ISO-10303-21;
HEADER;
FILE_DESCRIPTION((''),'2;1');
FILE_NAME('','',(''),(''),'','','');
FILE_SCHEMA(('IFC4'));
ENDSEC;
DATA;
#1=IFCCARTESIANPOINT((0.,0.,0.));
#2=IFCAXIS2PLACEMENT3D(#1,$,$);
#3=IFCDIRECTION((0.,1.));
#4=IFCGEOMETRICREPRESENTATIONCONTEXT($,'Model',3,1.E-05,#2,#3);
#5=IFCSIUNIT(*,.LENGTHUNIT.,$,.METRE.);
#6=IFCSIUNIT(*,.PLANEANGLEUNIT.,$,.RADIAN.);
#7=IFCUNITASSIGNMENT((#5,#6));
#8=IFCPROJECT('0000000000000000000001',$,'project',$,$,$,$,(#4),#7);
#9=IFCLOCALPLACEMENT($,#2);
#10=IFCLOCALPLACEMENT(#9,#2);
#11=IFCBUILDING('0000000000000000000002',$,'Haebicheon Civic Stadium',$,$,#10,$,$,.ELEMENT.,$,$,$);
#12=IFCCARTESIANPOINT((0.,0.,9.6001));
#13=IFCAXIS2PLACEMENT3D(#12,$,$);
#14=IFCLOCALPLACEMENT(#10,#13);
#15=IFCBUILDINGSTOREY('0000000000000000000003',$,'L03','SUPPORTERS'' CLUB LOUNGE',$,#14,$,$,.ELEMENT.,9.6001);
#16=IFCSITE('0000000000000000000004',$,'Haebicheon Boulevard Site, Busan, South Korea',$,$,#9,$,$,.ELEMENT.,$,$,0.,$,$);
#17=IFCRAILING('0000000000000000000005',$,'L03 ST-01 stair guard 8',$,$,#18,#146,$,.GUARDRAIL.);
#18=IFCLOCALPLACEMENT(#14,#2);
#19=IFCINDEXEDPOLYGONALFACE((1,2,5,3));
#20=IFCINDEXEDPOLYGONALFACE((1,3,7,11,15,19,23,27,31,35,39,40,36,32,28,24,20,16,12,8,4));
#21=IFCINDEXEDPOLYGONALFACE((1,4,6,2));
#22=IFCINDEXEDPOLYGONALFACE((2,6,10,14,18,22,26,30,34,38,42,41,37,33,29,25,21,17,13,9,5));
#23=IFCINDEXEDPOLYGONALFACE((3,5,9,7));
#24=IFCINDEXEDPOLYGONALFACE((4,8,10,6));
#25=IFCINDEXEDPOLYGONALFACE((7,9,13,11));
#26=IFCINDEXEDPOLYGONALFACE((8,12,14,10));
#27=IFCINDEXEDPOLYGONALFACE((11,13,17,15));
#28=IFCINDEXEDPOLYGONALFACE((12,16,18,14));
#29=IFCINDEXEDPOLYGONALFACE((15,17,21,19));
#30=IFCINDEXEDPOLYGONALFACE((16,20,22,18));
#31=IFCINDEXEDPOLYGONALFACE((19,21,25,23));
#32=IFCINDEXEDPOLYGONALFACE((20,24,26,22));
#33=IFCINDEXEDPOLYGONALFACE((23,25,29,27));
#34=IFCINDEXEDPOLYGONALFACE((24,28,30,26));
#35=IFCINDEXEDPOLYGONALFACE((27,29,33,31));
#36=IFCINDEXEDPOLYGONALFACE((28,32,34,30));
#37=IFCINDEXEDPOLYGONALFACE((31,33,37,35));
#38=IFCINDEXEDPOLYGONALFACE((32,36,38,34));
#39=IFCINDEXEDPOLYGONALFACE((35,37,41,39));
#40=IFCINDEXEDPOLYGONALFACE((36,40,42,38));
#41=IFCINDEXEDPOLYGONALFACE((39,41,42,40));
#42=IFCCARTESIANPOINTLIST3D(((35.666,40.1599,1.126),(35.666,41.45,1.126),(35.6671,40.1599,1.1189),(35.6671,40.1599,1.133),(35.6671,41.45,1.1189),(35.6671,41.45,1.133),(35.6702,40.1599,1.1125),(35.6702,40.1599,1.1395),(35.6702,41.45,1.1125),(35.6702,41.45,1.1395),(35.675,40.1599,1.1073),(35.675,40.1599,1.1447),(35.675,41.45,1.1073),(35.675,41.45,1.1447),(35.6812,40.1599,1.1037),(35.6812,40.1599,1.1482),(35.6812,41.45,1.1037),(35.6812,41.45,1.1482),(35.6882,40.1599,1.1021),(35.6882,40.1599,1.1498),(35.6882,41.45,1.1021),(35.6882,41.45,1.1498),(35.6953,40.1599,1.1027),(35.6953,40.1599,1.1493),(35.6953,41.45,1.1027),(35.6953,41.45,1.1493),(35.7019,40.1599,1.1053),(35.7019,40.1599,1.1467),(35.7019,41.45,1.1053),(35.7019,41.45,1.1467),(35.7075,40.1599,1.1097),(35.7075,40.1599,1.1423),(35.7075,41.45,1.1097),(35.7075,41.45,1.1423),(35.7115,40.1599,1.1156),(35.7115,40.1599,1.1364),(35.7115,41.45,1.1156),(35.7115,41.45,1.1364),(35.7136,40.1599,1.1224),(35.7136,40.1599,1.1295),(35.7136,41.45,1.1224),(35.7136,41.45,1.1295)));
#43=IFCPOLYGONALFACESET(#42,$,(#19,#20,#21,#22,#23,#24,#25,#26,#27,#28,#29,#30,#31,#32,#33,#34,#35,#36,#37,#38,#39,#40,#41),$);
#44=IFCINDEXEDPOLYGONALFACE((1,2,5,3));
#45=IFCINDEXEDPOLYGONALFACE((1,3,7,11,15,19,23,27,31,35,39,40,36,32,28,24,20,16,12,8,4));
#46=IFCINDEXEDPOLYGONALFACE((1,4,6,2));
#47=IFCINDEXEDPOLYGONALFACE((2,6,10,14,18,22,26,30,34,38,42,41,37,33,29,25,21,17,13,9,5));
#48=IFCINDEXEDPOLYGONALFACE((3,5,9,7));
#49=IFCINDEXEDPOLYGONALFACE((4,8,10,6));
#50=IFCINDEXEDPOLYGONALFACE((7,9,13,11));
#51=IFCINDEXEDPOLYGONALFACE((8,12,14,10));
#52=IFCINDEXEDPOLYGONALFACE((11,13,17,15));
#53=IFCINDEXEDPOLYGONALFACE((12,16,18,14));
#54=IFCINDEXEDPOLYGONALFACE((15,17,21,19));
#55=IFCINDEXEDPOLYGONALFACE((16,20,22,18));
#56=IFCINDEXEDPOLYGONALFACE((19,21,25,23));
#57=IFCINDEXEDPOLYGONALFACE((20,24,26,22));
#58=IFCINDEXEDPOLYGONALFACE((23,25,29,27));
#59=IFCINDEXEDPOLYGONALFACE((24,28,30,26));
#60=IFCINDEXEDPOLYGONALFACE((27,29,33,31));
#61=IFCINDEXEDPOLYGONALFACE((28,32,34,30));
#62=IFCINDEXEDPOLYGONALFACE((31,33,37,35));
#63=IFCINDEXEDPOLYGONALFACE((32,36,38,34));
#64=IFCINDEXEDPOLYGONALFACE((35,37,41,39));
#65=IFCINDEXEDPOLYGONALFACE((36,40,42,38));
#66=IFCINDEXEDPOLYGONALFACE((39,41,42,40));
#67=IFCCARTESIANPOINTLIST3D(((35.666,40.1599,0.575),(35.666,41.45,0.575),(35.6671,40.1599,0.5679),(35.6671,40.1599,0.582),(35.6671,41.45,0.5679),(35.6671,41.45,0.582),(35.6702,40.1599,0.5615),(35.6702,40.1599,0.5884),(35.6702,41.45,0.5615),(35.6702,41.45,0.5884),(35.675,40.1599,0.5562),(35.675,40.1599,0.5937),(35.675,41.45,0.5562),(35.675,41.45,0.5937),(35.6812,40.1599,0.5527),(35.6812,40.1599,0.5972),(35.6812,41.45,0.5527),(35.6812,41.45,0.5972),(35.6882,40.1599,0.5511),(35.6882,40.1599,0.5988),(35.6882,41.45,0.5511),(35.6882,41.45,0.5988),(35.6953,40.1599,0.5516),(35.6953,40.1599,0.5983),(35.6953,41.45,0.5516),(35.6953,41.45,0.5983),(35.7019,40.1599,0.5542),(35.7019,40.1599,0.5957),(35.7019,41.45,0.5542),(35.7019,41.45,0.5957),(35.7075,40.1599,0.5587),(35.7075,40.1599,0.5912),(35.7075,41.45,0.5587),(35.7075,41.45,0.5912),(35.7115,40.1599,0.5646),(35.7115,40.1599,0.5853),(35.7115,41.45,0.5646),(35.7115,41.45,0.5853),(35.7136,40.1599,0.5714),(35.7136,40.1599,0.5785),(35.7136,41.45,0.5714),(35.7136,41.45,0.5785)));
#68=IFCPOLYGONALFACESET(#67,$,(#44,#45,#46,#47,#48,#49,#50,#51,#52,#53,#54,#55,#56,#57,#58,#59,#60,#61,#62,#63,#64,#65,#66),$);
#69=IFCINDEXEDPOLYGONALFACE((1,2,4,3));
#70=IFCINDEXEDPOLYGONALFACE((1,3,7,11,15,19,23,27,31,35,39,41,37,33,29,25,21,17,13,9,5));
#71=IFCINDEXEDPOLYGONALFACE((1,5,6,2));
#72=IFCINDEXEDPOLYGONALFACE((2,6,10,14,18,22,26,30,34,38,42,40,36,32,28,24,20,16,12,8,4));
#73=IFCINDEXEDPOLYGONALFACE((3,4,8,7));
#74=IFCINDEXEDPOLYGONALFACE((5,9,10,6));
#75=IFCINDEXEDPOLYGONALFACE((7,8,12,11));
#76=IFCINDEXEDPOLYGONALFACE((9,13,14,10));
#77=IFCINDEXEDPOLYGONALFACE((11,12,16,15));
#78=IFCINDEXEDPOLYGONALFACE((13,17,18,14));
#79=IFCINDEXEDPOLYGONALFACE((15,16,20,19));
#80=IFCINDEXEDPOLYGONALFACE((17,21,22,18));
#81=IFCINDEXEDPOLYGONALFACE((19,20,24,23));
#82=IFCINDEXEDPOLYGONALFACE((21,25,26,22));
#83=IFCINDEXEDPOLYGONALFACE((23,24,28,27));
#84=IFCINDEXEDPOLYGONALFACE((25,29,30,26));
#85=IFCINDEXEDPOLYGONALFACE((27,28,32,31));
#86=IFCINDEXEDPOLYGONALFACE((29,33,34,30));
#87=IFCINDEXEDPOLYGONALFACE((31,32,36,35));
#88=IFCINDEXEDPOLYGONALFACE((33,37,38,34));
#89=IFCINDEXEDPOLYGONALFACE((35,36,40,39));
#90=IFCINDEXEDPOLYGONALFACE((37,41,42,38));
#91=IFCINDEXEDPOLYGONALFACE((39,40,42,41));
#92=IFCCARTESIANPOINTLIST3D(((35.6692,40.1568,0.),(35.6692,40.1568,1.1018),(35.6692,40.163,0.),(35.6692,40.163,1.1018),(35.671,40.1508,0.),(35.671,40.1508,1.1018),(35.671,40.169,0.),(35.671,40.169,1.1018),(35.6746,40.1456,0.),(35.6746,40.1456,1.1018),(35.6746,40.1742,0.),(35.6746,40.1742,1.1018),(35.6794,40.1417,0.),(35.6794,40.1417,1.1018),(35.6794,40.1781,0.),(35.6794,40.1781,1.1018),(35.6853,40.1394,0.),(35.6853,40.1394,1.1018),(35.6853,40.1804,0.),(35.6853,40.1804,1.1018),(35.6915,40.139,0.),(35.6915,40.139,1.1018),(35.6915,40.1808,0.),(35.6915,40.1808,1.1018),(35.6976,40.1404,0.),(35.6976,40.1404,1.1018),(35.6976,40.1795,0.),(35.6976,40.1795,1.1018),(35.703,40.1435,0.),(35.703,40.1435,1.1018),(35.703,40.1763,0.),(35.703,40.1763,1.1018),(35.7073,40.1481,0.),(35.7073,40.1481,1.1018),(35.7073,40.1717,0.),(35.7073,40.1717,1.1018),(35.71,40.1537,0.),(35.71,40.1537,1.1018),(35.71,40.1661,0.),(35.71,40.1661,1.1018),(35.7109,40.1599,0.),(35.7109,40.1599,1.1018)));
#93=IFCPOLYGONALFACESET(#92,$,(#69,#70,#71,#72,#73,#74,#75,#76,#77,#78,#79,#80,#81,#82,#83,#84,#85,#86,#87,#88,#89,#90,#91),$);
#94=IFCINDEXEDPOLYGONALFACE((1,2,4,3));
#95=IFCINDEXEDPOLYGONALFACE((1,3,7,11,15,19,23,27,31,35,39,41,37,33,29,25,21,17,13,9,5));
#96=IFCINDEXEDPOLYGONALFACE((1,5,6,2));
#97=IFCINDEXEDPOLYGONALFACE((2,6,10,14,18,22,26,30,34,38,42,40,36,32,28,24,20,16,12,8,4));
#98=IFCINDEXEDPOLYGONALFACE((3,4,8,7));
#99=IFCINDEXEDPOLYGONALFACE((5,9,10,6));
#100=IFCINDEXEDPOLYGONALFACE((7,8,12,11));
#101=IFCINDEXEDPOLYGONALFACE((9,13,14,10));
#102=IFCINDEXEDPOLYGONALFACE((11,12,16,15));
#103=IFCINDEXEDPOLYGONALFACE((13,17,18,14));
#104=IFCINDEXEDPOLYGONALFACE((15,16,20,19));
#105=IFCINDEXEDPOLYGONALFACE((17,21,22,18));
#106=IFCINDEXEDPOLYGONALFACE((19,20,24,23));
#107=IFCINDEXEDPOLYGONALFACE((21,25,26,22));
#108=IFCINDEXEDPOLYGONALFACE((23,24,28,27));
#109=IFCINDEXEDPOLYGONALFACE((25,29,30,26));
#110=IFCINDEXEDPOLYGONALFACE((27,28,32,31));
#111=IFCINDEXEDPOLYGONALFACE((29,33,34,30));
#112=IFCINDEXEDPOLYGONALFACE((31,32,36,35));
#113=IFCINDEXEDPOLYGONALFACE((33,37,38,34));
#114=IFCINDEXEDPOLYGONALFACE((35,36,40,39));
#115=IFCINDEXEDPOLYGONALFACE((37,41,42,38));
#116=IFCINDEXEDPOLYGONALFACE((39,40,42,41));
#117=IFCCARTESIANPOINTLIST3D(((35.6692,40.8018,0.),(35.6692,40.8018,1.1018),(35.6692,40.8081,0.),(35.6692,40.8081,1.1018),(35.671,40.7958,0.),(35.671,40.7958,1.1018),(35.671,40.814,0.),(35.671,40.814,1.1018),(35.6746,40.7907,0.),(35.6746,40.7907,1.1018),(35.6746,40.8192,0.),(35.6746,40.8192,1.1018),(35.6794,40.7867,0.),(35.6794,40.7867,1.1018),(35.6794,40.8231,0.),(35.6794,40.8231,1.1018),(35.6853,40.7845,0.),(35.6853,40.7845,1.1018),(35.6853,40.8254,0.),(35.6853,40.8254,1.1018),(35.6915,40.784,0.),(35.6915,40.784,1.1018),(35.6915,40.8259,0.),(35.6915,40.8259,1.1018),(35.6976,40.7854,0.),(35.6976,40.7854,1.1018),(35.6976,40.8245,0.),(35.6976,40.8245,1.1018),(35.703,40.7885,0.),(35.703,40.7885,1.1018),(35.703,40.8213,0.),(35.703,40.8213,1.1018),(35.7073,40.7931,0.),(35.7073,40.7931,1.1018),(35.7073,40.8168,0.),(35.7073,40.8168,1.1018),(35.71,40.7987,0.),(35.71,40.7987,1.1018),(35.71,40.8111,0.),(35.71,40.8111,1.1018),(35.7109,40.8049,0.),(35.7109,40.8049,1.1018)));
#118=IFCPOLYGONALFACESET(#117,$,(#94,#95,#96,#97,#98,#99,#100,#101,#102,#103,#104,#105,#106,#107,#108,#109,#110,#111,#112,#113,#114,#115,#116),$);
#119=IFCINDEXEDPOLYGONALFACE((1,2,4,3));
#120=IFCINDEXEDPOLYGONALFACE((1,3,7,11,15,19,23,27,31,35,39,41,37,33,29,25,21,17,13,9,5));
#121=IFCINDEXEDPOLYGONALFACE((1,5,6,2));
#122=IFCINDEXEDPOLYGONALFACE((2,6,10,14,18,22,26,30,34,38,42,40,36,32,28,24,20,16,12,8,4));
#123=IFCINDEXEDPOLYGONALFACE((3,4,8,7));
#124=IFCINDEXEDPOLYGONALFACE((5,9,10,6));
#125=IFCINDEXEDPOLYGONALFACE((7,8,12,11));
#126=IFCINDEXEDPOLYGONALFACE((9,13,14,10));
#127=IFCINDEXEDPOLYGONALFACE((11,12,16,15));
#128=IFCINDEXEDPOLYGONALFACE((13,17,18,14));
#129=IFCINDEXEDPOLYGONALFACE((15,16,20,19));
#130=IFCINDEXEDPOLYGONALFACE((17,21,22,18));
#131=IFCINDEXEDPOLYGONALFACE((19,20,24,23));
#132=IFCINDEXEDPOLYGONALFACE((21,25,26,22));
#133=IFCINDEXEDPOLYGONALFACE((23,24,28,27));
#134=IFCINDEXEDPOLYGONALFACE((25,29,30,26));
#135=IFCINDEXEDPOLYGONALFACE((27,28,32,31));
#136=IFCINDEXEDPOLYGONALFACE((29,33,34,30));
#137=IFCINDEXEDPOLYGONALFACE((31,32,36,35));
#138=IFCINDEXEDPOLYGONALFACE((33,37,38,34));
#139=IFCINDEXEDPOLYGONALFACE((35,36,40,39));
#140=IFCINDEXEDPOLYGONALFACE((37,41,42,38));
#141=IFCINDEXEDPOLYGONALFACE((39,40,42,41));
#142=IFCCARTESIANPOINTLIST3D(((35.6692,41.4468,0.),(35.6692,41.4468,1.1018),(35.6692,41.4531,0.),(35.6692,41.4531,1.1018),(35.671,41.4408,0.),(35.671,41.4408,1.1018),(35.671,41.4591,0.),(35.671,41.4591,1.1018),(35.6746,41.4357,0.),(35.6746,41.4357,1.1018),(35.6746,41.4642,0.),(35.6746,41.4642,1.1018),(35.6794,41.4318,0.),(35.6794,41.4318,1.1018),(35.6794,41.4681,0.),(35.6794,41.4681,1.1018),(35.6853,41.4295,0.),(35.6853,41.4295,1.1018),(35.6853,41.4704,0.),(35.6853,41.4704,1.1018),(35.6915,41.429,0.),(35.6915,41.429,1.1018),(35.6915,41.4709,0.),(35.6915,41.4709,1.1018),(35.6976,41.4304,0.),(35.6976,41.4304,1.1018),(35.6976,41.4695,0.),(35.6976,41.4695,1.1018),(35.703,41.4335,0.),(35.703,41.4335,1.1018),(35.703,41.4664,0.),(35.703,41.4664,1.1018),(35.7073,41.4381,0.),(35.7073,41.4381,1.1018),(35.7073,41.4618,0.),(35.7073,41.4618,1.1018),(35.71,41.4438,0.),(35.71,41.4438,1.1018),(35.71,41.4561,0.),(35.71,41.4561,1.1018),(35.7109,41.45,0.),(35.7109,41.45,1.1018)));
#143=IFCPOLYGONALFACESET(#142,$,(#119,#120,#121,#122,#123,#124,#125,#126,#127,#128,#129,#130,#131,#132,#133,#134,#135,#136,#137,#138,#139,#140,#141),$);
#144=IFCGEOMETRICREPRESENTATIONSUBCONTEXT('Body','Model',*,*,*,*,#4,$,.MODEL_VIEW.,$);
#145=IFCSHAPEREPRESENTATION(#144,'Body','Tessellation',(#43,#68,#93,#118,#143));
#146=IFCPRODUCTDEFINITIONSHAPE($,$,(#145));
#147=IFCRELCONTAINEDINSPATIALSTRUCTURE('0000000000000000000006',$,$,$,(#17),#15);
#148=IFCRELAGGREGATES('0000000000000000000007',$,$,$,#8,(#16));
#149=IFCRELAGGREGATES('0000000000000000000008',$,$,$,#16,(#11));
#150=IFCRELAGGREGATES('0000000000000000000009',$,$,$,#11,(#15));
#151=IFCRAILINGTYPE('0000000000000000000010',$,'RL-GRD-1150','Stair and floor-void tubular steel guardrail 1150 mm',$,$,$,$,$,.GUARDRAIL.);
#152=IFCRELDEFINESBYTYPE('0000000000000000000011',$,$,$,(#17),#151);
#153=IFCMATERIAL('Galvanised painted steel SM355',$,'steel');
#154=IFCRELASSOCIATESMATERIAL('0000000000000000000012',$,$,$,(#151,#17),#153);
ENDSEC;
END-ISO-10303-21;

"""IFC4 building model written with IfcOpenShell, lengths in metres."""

from ifc_helpers import new_model, si_unit, direction, frame, origin, origin_2d, place, context, subcontext, project, spatial, circle, extrude, material, type_object, element, save


model = new_model("IFC4")

# Units and contexts
model_context = context("Model", 3, precision=1e-05, world=origin(), true_north=direction((0.0, 1.0)))
body_context = subcontext(model_context, "Body", "Model", "MODEL_VIEW")
ifc_project = project(units=[si_unit("LENGTHUNIT", "METRE"), si_unit("PLANEANGLEUNIT", "RADIAN")], contexts=[model_context])

# Site, building, storey
site_placement = place(None, origin())
site = spatial("IfcSite", under=ifc_project, at=site_placement, Name="Haebicheon Boulevard Site, Busan, South Korea", CompositionType="ELEMENT", RefElevation=0.0)
building_placement = place(site_placement, origin())
building = spatial("IfcBuilding", under=site, at=building_placement, Name="Haebicheon Civic Stadium", CompositionType="ELEMENT")
storey_placement = place(building_placement, frame((0.0, 0.0, 9.6001)))
storey = spatial("IfcBuildingStorey", under=building, at=storey_placement, Name="L03", Description="SUPPORTERS' CLUB LOUNGE", CompositionType="ELEMENT", Elevation=9.6001)

# Railing
ifc_material_1 = material(Name="Galvanised painted steel SM355", Category="steel")
railing_type = type_object("IfcRailingType", Name="RL-GRD-1150", Description="Stair and floor-void tubular steel guardrail 1150 mm", PredefinedType="GUARDRAIL", material=ifc_material_1)
for number, where, name in (
    (1, (35.6899, 40.1599, 0.0), "L03 ST-01 stair guard 8"),
):
    element("IfcRailing", number, at=place(storey_placement, frame(where)), inside=storey, type_object=railing_type, material=ifc_material_1, Name=name, PredefinedType="GUARDRAIL", context=body_context, shape_type="SweptSolid", body=[
        extrude(circle(Radius=0.0239, at=origin_2d()), frame((0.0, 0.0, 1.126), z_axis=(0.0, 1.0, 0.0), x_axis=(-1.0, 0.0, 0.0)), (0.0, 0.0, 1.0), 1.29),
        extrude(circle(Radius=0.0239, at=origin_2d()), frame((0.0, 0.0, 0.575), z_axis=(0.0, 1.0, 0.0), x_axis=(-1.0, 0.0, 0.0)), (0.0, 0.0, 1.0), 1.29),
        extrude(circle(Radius=0.021, at=origin_2d()), origin(), (0.0, 0.0, 1.0), 1.1018),
        extrude(circle(Radius=0.021, at=origin_2d()), frame((0.0, 0.645, 0.0)), (0.0, 0.0, 1.0), 1.1018),
        extrude(circle(Radius=0.021, at=origin_2d()), frame((0.0, 1.29, 0.0)), (0.0, 0.0, 1.0), 1.1018),
    ])

save(model, "model.ifc")
